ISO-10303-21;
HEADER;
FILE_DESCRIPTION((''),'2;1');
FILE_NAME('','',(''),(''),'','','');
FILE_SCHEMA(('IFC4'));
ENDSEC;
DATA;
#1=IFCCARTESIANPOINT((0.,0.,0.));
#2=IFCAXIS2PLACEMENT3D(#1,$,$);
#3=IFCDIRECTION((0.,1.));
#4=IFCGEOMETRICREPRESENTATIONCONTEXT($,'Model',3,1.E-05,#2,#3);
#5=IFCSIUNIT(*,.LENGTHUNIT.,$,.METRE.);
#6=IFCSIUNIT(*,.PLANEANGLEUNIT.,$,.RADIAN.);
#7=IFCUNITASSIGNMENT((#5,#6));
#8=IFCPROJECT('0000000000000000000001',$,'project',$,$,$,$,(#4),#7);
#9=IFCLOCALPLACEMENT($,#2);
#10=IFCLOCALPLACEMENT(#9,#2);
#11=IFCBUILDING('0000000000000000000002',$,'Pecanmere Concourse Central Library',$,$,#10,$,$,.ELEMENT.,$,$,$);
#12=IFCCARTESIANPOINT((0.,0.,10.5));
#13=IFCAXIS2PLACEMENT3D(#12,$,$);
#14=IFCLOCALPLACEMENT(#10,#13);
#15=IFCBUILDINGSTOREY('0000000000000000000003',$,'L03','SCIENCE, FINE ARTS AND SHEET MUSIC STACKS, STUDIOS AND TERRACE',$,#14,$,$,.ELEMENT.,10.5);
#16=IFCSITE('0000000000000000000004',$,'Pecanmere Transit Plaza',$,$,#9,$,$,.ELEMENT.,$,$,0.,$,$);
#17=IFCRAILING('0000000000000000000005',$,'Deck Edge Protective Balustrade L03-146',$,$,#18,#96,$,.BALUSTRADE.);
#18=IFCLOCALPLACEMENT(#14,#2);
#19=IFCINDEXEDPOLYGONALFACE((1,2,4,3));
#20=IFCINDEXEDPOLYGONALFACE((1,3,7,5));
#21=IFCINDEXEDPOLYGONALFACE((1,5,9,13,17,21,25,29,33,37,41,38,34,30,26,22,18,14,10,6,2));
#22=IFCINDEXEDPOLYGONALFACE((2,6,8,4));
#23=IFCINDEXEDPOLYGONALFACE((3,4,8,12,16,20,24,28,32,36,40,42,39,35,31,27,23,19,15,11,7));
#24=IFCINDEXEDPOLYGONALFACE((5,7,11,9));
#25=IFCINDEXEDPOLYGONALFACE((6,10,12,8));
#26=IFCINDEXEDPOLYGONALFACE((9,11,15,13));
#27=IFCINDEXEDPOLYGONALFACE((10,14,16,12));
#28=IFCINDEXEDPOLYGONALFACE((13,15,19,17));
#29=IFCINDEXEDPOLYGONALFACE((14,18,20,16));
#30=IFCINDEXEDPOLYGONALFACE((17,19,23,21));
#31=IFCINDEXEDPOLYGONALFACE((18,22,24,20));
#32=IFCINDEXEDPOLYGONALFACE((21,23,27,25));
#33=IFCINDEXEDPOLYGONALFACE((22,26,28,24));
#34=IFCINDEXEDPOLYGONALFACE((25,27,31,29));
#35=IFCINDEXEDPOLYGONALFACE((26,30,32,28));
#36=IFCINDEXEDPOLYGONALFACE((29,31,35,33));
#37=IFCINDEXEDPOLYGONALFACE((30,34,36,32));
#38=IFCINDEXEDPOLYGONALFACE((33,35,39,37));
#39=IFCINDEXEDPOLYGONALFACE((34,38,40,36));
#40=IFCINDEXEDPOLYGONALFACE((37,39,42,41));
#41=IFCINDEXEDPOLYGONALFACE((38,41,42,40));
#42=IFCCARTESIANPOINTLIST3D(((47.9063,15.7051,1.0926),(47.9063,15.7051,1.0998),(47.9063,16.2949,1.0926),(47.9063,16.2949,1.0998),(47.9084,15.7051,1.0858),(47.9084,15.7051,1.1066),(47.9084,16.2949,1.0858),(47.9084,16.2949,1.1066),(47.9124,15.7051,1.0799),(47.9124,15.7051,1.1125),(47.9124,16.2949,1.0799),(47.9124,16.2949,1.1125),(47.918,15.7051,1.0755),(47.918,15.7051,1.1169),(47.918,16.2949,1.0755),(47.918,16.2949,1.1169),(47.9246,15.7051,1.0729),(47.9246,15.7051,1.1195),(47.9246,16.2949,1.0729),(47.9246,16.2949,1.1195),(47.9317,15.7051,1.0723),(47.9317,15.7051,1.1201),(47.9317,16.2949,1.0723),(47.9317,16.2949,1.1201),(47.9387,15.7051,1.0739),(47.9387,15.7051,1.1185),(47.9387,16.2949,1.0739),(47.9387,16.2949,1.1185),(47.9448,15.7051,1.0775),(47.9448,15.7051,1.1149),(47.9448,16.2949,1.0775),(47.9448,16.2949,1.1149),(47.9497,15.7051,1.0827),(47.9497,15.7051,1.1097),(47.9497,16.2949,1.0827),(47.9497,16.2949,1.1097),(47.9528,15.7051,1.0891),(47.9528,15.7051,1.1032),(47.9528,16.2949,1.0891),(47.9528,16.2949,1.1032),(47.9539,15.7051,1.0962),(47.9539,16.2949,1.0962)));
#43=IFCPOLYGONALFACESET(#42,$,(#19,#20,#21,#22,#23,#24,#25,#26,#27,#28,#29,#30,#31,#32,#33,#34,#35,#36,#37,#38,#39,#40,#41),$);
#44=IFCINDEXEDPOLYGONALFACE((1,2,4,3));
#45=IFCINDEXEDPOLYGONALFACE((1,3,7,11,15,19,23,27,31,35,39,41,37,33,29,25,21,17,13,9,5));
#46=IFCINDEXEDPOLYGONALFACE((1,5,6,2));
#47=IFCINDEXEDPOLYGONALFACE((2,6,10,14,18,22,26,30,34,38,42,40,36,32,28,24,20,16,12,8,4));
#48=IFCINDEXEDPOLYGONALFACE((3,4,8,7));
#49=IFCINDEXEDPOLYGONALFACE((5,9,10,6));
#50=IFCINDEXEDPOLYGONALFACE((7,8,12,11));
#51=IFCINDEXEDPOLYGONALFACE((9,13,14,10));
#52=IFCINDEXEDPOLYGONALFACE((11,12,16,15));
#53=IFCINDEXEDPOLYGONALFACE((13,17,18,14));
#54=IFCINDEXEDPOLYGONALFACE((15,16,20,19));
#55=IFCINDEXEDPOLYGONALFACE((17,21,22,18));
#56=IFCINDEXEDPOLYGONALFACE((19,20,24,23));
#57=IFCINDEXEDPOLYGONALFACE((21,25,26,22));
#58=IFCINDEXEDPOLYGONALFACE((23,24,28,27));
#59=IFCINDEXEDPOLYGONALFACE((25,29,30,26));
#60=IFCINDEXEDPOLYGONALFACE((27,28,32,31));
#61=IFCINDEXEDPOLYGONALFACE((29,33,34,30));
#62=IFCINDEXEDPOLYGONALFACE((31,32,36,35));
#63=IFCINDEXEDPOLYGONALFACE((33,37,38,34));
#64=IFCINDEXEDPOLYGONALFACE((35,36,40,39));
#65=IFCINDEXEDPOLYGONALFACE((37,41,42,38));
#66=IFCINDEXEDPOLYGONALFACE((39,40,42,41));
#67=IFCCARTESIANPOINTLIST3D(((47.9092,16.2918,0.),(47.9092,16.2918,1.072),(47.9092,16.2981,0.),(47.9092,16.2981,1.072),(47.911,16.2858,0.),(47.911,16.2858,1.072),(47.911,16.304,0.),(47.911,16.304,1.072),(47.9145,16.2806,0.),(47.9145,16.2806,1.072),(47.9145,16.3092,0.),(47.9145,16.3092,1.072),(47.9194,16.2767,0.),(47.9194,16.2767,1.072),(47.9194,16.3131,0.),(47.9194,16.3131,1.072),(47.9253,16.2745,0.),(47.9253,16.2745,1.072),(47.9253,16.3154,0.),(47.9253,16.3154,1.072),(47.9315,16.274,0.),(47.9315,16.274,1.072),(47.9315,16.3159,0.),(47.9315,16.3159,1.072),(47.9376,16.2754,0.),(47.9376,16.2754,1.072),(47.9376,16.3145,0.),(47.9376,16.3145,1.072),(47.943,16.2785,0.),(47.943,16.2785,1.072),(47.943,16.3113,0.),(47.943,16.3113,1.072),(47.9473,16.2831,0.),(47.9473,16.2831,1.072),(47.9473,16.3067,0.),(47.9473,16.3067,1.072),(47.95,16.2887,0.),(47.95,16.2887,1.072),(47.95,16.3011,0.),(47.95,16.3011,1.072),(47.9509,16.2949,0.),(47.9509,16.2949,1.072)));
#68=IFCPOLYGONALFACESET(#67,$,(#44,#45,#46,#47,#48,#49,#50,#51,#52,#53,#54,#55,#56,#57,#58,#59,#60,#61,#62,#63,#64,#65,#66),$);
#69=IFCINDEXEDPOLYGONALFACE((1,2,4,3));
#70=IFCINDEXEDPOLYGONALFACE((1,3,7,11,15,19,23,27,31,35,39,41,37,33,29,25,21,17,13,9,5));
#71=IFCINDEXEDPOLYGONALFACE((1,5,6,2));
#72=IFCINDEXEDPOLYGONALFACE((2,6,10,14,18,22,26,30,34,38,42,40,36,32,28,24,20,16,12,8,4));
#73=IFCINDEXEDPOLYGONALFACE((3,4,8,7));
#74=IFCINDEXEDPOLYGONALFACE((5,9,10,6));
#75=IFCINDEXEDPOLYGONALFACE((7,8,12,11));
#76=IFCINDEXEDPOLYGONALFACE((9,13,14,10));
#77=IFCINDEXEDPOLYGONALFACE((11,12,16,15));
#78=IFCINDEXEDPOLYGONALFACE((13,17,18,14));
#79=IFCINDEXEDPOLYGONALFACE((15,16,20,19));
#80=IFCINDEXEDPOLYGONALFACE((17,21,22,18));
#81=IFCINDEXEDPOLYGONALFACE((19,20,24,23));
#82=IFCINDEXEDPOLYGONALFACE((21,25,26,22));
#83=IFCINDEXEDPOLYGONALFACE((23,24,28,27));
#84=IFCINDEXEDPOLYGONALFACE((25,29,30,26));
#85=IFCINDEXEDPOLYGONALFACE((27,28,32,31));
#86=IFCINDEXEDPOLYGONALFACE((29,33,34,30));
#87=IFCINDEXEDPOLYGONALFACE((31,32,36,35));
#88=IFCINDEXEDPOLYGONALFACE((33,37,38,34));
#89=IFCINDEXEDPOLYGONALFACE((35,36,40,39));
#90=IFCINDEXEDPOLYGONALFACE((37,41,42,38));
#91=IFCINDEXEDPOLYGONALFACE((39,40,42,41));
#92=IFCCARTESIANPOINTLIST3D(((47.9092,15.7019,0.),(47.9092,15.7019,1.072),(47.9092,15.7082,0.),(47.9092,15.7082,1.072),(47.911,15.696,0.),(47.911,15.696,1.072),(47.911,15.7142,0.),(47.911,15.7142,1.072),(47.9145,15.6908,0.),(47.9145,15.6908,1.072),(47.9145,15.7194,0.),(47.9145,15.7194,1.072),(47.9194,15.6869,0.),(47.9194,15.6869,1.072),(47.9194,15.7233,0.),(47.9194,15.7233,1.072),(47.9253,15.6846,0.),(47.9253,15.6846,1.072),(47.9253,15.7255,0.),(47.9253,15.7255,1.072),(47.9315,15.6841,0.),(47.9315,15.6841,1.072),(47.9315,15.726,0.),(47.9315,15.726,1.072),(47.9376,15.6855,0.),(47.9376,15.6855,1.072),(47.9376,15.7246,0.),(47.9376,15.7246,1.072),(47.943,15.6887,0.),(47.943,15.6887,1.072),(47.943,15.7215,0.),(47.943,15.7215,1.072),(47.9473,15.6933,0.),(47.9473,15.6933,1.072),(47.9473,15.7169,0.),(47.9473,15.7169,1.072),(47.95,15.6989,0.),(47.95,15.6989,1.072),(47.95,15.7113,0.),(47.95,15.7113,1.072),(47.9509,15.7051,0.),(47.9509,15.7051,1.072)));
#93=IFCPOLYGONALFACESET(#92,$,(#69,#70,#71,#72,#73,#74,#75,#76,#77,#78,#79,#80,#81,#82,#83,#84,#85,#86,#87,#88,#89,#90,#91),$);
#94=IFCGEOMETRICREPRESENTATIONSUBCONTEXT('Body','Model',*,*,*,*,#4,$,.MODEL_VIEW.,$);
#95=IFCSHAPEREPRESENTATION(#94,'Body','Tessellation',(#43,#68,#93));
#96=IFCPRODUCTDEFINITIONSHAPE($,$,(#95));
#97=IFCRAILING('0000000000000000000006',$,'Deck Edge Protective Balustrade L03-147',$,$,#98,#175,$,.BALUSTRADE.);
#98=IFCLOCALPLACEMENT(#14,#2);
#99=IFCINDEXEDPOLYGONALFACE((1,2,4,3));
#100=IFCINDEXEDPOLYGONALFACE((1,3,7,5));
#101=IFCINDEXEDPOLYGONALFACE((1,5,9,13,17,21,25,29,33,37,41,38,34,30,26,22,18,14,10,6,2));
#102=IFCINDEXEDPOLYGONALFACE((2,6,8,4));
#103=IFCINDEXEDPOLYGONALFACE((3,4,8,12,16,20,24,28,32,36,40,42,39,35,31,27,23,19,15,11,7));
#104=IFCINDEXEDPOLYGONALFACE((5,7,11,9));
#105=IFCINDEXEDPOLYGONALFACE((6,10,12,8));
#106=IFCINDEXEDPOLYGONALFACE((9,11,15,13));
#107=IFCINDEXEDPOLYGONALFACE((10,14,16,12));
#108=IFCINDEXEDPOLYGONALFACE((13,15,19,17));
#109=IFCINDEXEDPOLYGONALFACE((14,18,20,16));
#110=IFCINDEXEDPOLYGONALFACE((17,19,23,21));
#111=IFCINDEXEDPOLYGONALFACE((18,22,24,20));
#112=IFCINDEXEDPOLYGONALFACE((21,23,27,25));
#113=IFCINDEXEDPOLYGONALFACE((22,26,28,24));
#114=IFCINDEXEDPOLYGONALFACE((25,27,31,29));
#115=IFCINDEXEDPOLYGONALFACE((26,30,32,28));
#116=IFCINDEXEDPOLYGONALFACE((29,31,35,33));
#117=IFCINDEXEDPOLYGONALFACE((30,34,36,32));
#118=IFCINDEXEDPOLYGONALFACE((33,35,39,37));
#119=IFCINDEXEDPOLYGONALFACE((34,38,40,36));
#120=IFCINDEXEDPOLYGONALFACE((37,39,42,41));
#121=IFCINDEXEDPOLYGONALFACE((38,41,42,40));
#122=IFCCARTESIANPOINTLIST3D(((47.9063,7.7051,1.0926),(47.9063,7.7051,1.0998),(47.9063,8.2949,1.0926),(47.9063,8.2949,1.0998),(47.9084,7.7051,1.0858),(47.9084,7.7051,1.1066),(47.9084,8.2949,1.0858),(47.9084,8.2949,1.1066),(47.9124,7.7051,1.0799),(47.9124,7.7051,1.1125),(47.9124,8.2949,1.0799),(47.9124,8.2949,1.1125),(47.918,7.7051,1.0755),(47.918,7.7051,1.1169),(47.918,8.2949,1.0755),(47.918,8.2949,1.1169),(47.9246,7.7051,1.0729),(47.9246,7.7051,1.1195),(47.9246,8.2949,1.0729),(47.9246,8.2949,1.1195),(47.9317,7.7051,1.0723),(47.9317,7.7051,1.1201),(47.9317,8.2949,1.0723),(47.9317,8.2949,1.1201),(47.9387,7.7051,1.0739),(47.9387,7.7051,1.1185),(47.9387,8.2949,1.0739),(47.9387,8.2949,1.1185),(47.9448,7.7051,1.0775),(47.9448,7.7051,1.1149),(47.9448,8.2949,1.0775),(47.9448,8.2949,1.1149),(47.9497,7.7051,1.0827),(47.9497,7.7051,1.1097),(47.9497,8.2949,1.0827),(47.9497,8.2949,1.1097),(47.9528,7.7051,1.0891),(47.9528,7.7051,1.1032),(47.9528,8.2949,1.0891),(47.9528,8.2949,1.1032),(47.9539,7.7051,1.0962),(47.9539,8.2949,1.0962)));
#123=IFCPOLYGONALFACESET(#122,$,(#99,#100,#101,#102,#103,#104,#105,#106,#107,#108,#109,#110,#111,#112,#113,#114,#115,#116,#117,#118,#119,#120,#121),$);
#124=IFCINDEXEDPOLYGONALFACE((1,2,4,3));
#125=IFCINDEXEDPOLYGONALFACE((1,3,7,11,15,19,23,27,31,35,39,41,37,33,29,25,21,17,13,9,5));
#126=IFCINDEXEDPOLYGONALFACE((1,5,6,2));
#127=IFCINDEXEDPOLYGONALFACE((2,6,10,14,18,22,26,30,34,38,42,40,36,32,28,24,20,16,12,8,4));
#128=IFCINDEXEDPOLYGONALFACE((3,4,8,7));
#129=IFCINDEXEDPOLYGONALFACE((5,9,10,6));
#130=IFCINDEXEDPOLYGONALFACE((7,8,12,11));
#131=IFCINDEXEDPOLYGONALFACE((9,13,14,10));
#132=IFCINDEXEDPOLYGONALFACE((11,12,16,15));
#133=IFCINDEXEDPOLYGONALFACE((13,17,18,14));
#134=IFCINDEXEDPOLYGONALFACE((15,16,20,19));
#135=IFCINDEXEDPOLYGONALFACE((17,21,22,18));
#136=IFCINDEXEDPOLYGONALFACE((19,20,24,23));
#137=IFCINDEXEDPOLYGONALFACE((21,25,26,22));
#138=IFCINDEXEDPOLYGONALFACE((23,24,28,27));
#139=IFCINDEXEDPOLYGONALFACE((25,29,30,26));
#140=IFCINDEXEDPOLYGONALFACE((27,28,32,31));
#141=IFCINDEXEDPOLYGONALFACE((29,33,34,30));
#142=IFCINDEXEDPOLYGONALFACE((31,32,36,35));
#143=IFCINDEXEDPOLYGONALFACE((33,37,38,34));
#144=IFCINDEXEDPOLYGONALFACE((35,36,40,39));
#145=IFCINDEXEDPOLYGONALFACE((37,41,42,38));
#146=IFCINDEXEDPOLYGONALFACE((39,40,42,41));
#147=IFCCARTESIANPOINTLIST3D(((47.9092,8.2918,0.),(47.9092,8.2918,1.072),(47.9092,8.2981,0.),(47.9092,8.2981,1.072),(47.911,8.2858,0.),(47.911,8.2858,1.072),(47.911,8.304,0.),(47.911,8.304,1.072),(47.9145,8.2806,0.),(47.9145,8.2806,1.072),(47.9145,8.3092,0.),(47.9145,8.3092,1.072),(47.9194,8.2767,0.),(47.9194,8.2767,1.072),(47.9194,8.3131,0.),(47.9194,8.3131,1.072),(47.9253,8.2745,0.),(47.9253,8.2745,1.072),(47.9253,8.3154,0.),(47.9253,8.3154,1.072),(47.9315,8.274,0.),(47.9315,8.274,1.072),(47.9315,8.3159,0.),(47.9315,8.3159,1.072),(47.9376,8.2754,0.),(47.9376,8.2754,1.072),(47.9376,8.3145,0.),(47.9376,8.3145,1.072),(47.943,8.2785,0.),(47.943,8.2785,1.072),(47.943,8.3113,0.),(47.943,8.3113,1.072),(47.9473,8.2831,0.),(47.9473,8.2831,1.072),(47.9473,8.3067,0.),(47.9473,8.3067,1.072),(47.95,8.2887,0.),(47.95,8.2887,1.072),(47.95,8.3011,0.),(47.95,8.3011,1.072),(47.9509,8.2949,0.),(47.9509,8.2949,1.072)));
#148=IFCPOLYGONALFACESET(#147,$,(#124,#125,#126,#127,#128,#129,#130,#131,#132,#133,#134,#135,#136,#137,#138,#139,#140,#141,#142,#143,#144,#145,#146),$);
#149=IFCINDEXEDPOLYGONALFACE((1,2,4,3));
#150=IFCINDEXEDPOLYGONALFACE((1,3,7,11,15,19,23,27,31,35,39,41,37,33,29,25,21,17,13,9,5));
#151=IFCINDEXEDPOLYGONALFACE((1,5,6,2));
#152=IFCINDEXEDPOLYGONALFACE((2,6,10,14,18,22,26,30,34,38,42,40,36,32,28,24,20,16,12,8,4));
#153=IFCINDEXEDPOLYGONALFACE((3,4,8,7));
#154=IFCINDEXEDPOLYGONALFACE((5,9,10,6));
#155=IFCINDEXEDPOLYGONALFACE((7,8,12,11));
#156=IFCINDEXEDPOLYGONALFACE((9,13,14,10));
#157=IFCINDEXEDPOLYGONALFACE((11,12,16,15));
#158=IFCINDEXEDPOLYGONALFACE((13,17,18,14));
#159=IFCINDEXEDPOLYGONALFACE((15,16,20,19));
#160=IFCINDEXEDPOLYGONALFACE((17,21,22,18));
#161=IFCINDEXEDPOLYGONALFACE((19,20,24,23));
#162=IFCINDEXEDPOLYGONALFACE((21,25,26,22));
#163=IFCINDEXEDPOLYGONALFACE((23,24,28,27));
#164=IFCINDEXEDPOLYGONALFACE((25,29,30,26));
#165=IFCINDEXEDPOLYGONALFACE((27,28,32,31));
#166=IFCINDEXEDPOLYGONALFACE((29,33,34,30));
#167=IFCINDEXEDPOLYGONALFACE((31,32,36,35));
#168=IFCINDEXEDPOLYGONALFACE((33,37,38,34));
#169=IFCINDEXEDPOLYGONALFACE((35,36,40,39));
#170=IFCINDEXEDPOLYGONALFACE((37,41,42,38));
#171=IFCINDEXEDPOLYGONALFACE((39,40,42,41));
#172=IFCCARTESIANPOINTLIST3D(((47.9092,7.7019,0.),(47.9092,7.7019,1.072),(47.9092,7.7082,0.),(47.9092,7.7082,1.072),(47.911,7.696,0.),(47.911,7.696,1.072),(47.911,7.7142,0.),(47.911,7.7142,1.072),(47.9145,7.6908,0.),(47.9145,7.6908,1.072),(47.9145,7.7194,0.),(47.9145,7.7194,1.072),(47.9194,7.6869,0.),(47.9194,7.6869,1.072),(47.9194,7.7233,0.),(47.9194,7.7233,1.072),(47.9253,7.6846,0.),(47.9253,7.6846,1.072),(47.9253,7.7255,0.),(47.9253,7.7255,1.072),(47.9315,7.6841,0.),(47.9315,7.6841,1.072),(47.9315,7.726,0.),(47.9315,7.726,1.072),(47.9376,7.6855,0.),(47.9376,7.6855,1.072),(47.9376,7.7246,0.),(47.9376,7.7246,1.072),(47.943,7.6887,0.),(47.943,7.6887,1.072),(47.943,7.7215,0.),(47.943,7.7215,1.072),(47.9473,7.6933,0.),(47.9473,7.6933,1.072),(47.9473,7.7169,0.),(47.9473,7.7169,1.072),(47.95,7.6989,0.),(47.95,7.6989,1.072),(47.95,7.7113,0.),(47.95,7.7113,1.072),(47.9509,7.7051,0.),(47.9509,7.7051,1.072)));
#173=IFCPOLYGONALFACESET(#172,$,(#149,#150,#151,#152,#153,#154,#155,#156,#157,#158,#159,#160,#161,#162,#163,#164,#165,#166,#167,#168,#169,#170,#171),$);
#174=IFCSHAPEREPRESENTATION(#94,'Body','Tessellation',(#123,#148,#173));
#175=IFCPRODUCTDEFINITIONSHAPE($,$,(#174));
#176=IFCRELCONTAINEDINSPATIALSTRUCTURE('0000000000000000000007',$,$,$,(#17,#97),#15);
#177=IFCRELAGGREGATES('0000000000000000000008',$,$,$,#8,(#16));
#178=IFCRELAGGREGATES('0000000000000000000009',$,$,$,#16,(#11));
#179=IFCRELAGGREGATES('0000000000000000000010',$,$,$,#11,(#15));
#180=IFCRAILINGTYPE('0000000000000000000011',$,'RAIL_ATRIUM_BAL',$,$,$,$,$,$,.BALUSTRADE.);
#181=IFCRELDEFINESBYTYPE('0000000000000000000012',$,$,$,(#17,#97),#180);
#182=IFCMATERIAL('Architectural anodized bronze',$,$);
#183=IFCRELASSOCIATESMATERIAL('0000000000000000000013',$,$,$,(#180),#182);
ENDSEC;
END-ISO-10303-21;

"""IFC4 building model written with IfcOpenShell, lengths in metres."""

from ifc_helpers import new_model, si_unit, direction, frame, origin, origin_2d, place, context, subcontext, project, spatial, circle, extrude, material, type_object, element, save


model = new_model("IFC4")

# Units and contexts
model_context = context("Model", 3, precision=1e-05, world=origin(), true_north=direction((0.0, 1.0)))
body_context = subcontext(model_context, "Body", "Model", "MODEL_VIEW")
ifc_project = project(units=[si_unit("LENGTHUNIT", "METRE"), si_unit("PLANEANGLEUNIT", "RADIAN")], contexts=[model_context])

# Site, building, storey
site_placement = place(None, origin())
site = spatial("IfcSite", under=ifc_project, at=site_placement, Name="Pecanmere Transit Plaza", CompositionType="ELEMENT", RefElevation=0.0)
building_placement = place(site_placement, origin())
building = spatial("IfcBuilding", under=site, at=building_placement, Name="Pecanmere Concourse Central Library", CompositionType="ELEMENT")
storey_placement = place(building_placement, frame((0.0, 0.0, 10.5)))
storey = spatial("IfcBuildingStorey", under=building, at=storey_placement, Name="L03", Description="SCIENCE, FINE ARTS AND SHEET MUSIC STACKS, STUDIOS AND TERRACE", CompositionType="ELEMENT", Elevation=10.5)

# Railings
ifc_material_1 = material(Name="Architectural anodized bronze")
railing_type_1 = type_object("IfcRailingType", Name="RAIL_ATRIUM_BAL", PredefinedType="BALUSTRADE", material=ifc_material_1)
for number, where, name in (
    (1, (47.9299, 16.2949, 0.0), "Deck Edge Protective Balustrade L03-146"),
    (2, (47.9299, 8.2949, 0.0), "Deck Edge Protective Balustrade L03-147"),
):
    element("IfcRailing", number, at=place(storey_placement, frame(where)), inside=storey, type_object=railing_type_1, Name=name, PredefinedType="BALUSTRADE", context=body_context, shape_type="SweptSolid", body=[
        extrude(circle(Radius=0.0239, at=origin_2d()), frame((0.0, 0.0, 1.0962), z_axis=(0.0, -1.0, 0.0), x_axis=(1.0, 0.0, 0.0)), (0.0, 0.0, 1.0), 0.5898),
        extrude(circle(Radius=0.021, at=origin_2d()), origin(), (0.0, 0.0, 1.0), 1.072),
        extrude(circle(Radius=0.021, at=origin_2d()), frame((0.0, -0.5898, 0.0)), (0.0, 0.0, 1.0), 1.072),
    ])

save(model, "model.ifc")
